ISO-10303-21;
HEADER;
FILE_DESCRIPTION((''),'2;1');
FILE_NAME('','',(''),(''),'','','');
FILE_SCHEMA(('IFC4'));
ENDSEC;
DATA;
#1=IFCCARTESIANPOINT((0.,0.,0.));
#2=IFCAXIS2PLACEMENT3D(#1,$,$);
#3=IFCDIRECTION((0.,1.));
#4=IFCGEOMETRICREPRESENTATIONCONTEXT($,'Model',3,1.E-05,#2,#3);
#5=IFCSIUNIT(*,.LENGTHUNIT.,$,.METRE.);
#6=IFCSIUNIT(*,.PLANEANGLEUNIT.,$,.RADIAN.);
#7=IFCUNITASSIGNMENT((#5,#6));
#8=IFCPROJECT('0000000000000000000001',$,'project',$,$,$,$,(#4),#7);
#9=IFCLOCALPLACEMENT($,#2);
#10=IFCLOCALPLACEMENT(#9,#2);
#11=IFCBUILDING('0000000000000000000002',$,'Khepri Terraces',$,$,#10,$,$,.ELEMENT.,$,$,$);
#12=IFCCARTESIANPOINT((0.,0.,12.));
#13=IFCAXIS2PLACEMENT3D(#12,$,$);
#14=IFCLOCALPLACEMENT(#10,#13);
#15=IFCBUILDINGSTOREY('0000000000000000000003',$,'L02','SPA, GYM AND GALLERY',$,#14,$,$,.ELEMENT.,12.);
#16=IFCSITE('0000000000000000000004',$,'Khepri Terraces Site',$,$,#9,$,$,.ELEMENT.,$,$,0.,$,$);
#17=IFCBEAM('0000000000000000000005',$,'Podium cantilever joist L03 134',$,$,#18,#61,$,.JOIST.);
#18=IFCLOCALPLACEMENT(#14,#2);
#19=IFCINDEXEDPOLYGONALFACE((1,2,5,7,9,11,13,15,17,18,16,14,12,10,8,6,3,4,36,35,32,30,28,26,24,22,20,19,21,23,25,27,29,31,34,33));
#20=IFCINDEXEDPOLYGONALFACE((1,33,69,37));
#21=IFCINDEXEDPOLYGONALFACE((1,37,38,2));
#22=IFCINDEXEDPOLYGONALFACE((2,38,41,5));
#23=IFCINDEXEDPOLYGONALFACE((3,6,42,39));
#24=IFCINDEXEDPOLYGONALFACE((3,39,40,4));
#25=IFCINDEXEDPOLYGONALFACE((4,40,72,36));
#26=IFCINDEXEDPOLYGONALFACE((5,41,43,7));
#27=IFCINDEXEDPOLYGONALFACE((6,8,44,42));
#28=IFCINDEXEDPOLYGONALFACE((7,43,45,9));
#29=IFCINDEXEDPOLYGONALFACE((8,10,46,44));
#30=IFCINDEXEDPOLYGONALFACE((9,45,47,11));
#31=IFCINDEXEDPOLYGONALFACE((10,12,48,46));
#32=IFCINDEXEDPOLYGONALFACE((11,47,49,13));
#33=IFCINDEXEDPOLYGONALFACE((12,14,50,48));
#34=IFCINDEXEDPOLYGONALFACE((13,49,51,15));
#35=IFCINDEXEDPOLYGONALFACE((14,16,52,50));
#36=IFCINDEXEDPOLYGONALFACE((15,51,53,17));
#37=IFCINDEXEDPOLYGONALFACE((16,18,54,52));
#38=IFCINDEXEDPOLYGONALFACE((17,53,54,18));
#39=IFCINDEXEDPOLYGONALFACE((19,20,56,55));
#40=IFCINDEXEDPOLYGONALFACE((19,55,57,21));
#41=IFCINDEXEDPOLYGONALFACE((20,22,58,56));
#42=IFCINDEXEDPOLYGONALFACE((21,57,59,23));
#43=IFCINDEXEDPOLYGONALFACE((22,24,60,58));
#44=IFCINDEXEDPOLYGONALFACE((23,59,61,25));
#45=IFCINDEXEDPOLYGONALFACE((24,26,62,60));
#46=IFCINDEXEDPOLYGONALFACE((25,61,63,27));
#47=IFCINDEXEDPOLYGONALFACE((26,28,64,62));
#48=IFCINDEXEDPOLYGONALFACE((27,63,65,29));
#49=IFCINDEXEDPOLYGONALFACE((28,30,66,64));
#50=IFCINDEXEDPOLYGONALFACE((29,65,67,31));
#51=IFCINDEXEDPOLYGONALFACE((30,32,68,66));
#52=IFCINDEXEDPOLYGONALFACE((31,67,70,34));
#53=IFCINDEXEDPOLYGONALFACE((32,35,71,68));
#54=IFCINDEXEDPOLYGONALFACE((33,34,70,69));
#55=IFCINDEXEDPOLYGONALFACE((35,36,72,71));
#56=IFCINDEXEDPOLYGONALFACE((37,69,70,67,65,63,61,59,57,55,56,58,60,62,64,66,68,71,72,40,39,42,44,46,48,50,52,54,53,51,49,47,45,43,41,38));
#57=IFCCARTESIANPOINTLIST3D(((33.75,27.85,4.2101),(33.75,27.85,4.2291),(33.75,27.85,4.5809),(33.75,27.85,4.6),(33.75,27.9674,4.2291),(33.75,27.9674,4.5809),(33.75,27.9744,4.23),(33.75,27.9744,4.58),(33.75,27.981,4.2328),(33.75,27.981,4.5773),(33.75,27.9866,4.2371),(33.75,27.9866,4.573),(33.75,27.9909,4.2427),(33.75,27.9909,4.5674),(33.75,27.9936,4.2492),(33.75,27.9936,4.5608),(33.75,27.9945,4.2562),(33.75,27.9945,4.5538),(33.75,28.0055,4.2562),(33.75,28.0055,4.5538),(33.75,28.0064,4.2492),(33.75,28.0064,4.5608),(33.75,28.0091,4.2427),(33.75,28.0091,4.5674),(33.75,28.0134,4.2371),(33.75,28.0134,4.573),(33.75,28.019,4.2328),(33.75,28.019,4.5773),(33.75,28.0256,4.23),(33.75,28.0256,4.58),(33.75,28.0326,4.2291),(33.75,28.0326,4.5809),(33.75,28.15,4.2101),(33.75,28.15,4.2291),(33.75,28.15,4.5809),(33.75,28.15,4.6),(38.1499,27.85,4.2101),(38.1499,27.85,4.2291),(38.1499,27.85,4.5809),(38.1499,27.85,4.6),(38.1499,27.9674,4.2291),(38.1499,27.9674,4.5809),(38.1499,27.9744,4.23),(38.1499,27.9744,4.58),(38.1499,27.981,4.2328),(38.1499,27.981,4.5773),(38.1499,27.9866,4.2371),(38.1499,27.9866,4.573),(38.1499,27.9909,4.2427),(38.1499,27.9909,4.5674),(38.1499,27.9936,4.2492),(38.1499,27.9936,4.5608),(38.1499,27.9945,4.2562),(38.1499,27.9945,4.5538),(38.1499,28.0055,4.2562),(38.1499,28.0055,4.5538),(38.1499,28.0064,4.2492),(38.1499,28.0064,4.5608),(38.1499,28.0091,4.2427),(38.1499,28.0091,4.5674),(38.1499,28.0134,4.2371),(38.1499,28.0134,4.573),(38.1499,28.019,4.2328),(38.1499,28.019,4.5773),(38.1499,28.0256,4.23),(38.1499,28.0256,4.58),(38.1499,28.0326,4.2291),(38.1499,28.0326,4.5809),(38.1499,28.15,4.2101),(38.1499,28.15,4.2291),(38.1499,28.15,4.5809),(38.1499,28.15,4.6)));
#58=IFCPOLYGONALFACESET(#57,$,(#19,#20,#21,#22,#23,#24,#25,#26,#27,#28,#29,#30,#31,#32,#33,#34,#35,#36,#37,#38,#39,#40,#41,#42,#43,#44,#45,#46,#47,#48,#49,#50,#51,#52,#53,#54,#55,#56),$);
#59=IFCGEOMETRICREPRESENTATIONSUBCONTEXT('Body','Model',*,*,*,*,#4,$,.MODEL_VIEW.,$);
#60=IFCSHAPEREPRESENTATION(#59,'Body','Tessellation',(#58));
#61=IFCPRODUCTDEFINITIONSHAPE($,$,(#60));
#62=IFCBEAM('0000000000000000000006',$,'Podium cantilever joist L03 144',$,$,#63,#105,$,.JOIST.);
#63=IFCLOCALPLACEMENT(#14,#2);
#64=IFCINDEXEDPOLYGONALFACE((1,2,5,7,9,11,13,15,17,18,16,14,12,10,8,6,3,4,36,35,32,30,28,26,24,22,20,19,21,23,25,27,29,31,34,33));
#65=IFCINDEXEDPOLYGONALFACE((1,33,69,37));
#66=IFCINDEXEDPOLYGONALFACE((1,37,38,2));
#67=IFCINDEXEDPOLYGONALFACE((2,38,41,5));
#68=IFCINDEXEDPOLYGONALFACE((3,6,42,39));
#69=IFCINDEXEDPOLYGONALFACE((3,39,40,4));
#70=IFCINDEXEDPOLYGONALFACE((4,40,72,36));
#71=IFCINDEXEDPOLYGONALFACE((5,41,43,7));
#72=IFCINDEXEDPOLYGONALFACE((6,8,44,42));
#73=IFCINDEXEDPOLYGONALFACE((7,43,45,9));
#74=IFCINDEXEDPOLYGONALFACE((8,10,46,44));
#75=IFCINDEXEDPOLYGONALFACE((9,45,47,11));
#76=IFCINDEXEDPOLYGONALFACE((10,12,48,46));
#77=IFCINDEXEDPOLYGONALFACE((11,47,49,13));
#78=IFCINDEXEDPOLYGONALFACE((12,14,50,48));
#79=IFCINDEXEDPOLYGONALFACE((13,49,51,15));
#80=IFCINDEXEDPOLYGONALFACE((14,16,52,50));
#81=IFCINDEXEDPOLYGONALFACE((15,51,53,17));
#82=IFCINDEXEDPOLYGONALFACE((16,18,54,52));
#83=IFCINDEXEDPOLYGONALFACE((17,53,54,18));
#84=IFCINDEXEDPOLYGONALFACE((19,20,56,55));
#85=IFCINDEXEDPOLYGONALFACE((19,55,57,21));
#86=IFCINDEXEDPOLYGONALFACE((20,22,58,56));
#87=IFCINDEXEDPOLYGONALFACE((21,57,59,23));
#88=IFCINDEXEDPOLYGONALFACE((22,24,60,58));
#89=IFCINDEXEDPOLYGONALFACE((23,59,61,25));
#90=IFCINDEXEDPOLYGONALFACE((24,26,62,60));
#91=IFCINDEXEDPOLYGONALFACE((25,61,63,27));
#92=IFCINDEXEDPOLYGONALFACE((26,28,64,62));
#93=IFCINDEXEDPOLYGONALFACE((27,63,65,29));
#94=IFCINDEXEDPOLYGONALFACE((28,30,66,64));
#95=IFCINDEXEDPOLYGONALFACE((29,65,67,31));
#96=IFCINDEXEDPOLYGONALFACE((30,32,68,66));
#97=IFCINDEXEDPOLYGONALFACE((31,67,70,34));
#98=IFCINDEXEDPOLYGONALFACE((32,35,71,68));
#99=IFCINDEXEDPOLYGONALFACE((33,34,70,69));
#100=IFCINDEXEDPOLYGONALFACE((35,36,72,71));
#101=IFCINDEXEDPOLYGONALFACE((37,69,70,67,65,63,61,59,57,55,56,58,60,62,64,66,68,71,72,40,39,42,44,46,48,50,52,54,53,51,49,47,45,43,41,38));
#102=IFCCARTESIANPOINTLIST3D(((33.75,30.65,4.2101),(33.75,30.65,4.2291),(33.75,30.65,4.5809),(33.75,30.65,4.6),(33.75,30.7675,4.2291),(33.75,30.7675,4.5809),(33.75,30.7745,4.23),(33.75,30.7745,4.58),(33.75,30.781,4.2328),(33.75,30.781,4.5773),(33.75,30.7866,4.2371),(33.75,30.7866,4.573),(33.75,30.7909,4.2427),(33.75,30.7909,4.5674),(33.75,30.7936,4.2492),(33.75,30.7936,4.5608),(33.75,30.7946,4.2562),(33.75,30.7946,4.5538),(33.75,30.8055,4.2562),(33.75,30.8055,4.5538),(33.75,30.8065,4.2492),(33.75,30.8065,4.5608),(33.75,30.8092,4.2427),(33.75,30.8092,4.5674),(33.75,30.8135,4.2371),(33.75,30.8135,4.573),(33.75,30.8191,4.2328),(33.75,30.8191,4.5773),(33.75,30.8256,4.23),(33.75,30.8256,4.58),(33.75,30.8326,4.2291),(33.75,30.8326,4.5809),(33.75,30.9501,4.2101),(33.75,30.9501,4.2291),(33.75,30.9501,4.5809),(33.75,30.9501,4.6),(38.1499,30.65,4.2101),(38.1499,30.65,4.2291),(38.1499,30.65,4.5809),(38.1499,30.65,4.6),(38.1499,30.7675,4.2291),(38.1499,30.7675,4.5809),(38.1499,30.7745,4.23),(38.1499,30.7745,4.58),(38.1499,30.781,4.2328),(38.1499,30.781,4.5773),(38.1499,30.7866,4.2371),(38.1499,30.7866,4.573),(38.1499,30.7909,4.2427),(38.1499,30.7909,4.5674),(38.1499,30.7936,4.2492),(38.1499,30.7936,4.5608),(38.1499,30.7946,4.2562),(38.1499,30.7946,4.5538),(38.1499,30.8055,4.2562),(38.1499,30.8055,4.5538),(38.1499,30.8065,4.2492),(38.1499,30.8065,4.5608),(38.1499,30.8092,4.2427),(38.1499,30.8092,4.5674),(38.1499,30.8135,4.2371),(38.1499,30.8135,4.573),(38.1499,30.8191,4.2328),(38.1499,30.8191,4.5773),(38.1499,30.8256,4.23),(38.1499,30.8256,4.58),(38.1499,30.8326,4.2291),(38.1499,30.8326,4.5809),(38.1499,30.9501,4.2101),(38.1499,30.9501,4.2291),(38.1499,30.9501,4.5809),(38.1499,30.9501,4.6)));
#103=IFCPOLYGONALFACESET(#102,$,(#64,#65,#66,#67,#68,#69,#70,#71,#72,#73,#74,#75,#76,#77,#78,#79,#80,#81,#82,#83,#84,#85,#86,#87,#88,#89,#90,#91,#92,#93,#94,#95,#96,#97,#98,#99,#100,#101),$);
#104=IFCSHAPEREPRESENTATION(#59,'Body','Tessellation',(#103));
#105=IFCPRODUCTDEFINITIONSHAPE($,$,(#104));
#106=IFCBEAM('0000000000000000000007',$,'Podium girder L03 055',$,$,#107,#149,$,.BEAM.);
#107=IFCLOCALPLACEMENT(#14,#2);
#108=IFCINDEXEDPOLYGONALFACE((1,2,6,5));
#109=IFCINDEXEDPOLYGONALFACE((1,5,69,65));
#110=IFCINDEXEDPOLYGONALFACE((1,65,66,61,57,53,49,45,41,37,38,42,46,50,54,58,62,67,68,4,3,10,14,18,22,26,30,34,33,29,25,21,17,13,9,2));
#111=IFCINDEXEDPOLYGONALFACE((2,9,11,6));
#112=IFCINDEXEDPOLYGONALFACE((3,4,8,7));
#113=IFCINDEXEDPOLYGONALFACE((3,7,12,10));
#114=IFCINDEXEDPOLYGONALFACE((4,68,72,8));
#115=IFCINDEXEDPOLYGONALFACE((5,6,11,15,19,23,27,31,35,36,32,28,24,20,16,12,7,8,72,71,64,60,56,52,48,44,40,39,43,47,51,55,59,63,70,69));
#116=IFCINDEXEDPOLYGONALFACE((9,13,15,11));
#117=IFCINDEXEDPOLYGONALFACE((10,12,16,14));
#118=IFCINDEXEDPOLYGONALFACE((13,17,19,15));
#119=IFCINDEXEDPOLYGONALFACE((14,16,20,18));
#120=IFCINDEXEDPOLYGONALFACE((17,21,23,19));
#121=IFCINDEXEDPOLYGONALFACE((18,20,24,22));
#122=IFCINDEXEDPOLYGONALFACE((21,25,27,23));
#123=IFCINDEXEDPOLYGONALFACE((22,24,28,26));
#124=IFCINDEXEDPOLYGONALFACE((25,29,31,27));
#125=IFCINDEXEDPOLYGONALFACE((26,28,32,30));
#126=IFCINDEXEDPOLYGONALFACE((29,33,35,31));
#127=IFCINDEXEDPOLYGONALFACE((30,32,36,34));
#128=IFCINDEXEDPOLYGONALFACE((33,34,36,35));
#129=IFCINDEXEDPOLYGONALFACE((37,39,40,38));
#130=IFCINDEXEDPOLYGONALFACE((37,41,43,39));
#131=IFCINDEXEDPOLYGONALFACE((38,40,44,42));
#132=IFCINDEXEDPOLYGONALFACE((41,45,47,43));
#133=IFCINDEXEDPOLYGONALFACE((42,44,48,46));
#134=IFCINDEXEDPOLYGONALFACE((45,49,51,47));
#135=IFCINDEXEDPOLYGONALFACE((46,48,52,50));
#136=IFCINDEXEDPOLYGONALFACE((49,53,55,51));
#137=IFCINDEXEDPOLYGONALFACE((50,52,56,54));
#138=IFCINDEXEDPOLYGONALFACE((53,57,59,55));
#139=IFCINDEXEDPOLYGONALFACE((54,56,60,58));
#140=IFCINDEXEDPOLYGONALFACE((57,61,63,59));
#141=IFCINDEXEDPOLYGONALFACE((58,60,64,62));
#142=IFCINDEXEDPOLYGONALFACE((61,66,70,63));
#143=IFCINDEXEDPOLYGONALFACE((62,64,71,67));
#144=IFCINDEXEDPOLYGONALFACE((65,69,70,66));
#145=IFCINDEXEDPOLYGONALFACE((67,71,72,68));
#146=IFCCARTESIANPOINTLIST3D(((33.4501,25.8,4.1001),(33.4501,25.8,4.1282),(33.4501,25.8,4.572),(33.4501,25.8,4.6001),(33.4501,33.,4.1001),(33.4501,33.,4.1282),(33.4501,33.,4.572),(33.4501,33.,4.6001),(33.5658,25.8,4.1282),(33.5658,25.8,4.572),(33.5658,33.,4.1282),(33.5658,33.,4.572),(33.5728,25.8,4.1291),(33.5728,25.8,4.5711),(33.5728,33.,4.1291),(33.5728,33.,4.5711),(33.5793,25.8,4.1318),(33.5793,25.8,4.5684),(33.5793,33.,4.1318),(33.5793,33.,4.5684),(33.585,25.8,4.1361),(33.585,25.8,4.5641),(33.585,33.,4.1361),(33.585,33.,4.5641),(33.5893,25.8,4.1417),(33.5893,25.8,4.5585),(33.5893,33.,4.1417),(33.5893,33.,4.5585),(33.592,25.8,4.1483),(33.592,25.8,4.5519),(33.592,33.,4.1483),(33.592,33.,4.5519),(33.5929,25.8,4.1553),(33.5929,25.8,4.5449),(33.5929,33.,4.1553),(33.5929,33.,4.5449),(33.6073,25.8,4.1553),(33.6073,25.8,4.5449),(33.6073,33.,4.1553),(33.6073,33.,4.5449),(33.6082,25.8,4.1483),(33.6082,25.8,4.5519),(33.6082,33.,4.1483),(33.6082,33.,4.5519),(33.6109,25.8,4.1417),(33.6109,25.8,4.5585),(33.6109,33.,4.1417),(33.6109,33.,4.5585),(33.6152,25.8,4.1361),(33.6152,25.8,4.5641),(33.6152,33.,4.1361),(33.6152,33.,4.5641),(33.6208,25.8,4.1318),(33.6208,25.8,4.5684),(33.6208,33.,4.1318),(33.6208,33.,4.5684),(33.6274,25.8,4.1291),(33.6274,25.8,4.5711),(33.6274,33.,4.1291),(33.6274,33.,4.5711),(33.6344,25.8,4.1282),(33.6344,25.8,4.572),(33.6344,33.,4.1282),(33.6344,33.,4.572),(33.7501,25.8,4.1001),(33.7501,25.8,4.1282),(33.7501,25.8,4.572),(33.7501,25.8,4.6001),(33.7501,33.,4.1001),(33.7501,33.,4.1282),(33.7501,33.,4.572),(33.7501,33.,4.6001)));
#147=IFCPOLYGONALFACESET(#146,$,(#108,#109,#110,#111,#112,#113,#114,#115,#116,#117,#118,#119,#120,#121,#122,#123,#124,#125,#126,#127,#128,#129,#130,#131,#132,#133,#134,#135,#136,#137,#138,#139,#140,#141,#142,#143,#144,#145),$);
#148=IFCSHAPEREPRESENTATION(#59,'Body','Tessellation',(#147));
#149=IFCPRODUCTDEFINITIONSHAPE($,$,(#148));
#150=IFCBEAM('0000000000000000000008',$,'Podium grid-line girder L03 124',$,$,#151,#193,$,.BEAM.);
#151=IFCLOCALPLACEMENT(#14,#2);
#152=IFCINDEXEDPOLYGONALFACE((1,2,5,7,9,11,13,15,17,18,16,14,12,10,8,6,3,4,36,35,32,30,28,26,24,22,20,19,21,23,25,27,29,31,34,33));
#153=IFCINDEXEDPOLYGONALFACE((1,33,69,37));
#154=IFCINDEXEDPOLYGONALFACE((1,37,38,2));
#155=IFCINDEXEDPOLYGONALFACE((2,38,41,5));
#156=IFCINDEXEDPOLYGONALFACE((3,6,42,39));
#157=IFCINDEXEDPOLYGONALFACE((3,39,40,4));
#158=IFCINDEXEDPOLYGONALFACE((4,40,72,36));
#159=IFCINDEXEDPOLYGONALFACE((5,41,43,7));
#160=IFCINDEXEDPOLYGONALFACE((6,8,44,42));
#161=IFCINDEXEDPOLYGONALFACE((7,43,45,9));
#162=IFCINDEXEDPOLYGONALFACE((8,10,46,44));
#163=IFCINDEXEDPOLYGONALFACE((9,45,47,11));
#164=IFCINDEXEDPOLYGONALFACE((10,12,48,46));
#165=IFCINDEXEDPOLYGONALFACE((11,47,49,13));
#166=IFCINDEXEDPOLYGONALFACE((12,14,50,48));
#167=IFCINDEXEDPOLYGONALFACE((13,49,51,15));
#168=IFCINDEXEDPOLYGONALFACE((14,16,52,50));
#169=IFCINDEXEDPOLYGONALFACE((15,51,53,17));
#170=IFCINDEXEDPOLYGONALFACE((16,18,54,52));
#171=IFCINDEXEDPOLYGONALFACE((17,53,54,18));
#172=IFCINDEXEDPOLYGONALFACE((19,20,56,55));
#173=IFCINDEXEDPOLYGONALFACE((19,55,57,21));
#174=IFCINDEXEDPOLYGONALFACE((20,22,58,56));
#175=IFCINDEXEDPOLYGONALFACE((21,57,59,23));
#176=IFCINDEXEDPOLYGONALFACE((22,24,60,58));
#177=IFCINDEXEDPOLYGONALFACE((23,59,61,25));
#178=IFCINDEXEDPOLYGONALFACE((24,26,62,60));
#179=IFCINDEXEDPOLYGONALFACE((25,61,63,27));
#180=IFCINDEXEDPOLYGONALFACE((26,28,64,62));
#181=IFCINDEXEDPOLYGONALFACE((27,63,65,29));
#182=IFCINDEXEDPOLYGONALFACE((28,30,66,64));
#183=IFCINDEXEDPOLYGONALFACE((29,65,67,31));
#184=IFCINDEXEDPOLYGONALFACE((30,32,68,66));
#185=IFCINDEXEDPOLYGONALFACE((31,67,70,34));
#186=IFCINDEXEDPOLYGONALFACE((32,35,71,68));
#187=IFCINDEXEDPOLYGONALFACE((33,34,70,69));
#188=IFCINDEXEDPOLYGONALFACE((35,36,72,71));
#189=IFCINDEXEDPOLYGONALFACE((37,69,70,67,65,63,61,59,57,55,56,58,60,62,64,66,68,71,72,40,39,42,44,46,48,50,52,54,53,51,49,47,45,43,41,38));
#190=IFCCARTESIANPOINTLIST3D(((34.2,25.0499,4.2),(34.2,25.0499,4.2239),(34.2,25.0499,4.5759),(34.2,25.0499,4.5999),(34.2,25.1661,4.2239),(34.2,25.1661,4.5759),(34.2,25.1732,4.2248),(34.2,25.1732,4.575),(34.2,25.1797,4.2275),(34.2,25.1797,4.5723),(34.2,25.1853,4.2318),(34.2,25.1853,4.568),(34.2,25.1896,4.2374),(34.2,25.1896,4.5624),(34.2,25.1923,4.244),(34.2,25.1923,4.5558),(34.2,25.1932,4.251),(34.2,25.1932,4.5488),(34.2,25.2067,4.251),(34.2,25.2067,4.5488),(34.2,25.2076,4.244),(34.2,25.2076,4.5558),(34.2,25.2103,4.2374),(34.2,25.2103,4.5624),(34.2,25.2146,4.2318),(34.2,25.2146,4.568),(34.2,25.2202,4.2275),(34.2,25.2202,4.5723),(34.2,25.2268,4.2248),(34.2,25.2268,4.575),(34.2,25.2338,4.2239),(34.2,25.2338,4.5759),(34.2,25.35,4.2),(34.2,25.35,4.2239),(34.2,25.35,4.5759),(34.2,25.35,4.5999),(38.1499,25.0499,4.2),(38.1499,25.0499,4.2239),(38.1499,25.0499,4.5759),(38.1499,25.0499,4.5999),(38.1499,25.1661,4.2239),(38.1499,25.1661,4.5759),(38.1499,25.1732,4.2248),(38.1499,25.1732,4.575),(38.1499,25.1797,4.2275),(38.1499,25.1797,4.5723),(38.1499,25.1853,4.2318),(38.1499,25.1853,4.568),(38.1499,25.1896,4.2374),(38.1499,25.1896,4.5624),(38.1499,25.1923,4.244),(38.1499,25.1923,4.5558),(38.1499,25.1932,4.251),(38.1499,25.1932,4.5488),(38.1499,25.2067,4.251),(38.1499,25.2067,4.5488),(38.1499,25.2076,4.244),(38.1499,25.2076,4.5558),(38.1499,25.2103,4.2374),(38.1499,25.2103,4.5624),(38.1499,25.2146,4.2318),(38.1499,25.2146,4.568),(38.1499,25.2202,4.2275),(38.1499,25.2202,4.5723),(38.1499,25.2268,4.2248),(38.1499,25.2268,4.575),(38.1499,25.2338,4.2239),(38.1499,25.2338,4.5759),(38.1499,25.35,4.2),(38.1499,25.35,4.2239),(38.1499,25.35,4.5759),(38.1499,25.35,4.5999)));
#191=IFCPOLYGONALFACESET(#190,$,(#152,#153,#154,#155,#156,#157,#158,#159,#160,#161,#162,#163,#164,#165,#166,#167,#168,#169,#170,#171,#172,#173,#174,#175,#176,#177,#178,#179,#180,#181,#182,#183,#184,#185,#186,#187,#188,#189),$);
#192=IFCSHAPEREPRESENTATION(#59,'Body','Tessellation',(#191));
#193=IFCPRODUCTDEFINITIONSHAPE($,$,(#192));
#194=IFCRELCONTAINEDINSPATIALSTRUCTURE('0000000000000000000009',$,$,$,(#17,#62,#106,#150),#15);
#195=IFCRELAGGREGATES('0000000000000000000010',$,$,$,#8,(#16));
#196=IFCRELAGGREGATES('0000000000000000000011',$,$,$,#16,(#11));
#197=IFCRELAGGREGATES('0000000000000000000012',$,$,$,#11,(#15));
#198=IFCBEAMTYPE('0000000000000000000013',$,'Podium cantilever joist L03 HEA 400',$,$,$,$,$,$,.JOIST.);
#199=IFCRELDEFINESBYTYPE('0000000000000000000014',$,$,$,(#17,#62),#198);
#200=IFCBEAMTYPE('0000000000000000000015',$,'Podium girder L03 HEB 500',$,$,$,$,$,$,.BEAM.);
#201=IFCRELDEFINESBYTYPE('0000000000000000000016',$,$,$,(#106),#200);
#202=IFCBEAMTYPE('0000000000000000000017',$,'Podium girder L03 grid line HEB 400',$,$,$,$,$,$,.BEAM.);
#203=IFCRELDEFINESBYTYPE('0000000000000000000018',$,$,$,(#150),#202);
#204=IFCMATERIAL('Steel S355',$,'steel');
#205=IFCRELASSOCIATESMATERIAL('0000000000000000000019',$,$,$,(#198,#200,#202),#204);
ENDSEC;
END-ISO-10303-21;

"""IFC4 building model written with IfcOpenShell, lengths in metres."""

from ifc_helpers import new_model, si_unit, direction, frame, origin, origin_2d, place, context, subcontext, project, spatial, i_section, extrude, material, material_profile, profile_set, type_object, element, save


model = new_model("IFC4")

# Units and contexts
model_context = context("Model", 3, precision=1e-05, world=origin(), true_north=direction((0.0, 1.0)))
body_context = subcontext(model_context, "Body", "Model", "MODEL_VIEW")
ifc_project = project(units=[si_unit("LENGTHUNIT", "METRE"), si_unit("PLANEANGLEUNIT", "RADIAN")], contexts=[model_context])

# Site, building, storey
site_placement = place(None, origin())
site = spatial("IfcSite", under=ifc_project, at=site_placement, Name="Khepri Terraces Site", CompositionType="ELEMENT", RefElevation=0.0)
building_placement = place(site_placement, origin())
building = spatial("IfcBuilding", under=site, at=building_placement, Name="Khepri Terraces", CompositionType="ELEMENT")
storey_placement = place(building_placement, frame((0.0, 0.0, 12.0)))
storey = spatial("IfcBuildingStorey", under=building, at=storey_placement, Name="L02", Description="SPA, GYM AND GALLERY", CompositionType="ELEMENT", Elevation=12.0)

# Beams
ifc_material_1 = material(Name="Steel S355", Category="steel")
ifc_material_profile_1 = material_profile(ifc_material_1, i_section(OverallWidth=0.3, OverallDepth=0.3899, WebThickness=0.011, FlangeThickness=0.019, FilletRadius=0.0271, at=origin_2d()), Name="Steel S355", Category="steel")
ifc_profile_set_1 = profile_set([ifc_material_profile_1], Name="Steel S355")
beam_type_1 = type_object("IfcBeamType", Name="Podium cantilever joist L03 HEA 400", PredefinedType="JOIST", material=ifc_profile_set_1)
for number, where, z_axis, x_axis, name in (
    (1, (33.75, 28.0, 4.405), (1.0, 0.0, 0.0), (0.0, 1.0, 0.0), "Podium cantilever joist L03 134"),
    (2, (33.75, 30.8, 4.405), (1.0, 0.0, 0.0), (0.0, 1.0, 0.0), "Podium cantilever joist L03 144"),
):
    element("IfcBeam", number, at=place(storey_placement, frame(where, z_axis=z_axis, x_axis=x_axis)), inside=storey, type_object=beam_type_1, Name=name, PredefinedType="JOIST", context=body_context, shape_type="SweptSolid", body=[
        extrude(i_section(OverallWidth=0.3, OverallDepth=0.3899, WebThickness=0.011, FlangeThickness=0.019, FilletRadius=0.0271, at=origin_2d()), origin(), (0.0, 0.0, 1.0), 4.3999),
    ])
ifc_material_profile_2 = material_profile(ifc_material_1, i_section(OverallWidth=0.3, OverallDepth=0.5, WebThickness=0.0144, FlangeThickness=0.0281, FilletRadius=0.0271, at=origin_2d()), Name="Steel S355", Category="steel")
ifc_profile_set_2 = profile_set([ifc_material_profile_2], Name="Steel S355")
beam_type_2 = type_object("IfcBeamType", Name="Podium girder L03 HEB 500", PredefinedType="BEAM", material=ifc_profile_set_2)
beam_1_placement = place(storey_placement, frame((33.6001, 25.8, 4.3501), z_axis=(0.0, 1.0, 0.0), x_axis=(-1.0, 0.0, 0.0)))
element("IfcBeam", 3, at=beam_1_placement, inside=storey, type_object=beam_type_2, Name="Podium girder L03 055", PredefinedType="BEAM", context=body_context, shape_type="SweptSolid", body=[
    extrude(i_section(OverallWidth=0.3, OverallDepth=0.5, WebThickness=0.0144, FlangeThickness=0.0281, FilletRadius=0.0271, at=origin_2d()), origin(), (0.0, 0.0, 1.0), 7.2),
])
ifc_material_profile_3 = material_profile(ifc_material_1, i_section(OverallWidth=0.3, OverallDepth=0.3999, WebThickness=0.0134, FlangeThickness=0.0239, FilletRadius=0.0271, at=origin_2d()), Name="Steel S355", Category="steel")
ifc_profile_set_3 = profile_set([ifc_material_profile_3], Name="Steel S355")
beam_type_3 = type_object("IfcBeamType", Name="Podium girder L03 grid line HEB 400", PredefinedType="BEAM", material=ifc_profile_set_3)
beam_2_placement = place(storey_placement, frame((34.2, 25.2, 4.3999), z_axis=(1.0, 0.0, 0.0), x_axis=(0.0, 1.0, 0.0)))
element("IfcBeam", 4, at=beam_2_placement, inside=storey, type_object=beam_type_3, Name="Podium grid-line girder L03 124", PredefinedType="BEAM", context=body_context, shape_type="SweptSolid", body=[
    extrude(i_section(OverallWidth=0.3, OverallDepth=0.3999, WebThickness=0.0134, FlangeThickness=0.0239, FilletRadius=0.0271, at=origin_2d()), origin(), (0.0, 0.0, 1.0), 3.95),
])

save(model, "model.ifc")
